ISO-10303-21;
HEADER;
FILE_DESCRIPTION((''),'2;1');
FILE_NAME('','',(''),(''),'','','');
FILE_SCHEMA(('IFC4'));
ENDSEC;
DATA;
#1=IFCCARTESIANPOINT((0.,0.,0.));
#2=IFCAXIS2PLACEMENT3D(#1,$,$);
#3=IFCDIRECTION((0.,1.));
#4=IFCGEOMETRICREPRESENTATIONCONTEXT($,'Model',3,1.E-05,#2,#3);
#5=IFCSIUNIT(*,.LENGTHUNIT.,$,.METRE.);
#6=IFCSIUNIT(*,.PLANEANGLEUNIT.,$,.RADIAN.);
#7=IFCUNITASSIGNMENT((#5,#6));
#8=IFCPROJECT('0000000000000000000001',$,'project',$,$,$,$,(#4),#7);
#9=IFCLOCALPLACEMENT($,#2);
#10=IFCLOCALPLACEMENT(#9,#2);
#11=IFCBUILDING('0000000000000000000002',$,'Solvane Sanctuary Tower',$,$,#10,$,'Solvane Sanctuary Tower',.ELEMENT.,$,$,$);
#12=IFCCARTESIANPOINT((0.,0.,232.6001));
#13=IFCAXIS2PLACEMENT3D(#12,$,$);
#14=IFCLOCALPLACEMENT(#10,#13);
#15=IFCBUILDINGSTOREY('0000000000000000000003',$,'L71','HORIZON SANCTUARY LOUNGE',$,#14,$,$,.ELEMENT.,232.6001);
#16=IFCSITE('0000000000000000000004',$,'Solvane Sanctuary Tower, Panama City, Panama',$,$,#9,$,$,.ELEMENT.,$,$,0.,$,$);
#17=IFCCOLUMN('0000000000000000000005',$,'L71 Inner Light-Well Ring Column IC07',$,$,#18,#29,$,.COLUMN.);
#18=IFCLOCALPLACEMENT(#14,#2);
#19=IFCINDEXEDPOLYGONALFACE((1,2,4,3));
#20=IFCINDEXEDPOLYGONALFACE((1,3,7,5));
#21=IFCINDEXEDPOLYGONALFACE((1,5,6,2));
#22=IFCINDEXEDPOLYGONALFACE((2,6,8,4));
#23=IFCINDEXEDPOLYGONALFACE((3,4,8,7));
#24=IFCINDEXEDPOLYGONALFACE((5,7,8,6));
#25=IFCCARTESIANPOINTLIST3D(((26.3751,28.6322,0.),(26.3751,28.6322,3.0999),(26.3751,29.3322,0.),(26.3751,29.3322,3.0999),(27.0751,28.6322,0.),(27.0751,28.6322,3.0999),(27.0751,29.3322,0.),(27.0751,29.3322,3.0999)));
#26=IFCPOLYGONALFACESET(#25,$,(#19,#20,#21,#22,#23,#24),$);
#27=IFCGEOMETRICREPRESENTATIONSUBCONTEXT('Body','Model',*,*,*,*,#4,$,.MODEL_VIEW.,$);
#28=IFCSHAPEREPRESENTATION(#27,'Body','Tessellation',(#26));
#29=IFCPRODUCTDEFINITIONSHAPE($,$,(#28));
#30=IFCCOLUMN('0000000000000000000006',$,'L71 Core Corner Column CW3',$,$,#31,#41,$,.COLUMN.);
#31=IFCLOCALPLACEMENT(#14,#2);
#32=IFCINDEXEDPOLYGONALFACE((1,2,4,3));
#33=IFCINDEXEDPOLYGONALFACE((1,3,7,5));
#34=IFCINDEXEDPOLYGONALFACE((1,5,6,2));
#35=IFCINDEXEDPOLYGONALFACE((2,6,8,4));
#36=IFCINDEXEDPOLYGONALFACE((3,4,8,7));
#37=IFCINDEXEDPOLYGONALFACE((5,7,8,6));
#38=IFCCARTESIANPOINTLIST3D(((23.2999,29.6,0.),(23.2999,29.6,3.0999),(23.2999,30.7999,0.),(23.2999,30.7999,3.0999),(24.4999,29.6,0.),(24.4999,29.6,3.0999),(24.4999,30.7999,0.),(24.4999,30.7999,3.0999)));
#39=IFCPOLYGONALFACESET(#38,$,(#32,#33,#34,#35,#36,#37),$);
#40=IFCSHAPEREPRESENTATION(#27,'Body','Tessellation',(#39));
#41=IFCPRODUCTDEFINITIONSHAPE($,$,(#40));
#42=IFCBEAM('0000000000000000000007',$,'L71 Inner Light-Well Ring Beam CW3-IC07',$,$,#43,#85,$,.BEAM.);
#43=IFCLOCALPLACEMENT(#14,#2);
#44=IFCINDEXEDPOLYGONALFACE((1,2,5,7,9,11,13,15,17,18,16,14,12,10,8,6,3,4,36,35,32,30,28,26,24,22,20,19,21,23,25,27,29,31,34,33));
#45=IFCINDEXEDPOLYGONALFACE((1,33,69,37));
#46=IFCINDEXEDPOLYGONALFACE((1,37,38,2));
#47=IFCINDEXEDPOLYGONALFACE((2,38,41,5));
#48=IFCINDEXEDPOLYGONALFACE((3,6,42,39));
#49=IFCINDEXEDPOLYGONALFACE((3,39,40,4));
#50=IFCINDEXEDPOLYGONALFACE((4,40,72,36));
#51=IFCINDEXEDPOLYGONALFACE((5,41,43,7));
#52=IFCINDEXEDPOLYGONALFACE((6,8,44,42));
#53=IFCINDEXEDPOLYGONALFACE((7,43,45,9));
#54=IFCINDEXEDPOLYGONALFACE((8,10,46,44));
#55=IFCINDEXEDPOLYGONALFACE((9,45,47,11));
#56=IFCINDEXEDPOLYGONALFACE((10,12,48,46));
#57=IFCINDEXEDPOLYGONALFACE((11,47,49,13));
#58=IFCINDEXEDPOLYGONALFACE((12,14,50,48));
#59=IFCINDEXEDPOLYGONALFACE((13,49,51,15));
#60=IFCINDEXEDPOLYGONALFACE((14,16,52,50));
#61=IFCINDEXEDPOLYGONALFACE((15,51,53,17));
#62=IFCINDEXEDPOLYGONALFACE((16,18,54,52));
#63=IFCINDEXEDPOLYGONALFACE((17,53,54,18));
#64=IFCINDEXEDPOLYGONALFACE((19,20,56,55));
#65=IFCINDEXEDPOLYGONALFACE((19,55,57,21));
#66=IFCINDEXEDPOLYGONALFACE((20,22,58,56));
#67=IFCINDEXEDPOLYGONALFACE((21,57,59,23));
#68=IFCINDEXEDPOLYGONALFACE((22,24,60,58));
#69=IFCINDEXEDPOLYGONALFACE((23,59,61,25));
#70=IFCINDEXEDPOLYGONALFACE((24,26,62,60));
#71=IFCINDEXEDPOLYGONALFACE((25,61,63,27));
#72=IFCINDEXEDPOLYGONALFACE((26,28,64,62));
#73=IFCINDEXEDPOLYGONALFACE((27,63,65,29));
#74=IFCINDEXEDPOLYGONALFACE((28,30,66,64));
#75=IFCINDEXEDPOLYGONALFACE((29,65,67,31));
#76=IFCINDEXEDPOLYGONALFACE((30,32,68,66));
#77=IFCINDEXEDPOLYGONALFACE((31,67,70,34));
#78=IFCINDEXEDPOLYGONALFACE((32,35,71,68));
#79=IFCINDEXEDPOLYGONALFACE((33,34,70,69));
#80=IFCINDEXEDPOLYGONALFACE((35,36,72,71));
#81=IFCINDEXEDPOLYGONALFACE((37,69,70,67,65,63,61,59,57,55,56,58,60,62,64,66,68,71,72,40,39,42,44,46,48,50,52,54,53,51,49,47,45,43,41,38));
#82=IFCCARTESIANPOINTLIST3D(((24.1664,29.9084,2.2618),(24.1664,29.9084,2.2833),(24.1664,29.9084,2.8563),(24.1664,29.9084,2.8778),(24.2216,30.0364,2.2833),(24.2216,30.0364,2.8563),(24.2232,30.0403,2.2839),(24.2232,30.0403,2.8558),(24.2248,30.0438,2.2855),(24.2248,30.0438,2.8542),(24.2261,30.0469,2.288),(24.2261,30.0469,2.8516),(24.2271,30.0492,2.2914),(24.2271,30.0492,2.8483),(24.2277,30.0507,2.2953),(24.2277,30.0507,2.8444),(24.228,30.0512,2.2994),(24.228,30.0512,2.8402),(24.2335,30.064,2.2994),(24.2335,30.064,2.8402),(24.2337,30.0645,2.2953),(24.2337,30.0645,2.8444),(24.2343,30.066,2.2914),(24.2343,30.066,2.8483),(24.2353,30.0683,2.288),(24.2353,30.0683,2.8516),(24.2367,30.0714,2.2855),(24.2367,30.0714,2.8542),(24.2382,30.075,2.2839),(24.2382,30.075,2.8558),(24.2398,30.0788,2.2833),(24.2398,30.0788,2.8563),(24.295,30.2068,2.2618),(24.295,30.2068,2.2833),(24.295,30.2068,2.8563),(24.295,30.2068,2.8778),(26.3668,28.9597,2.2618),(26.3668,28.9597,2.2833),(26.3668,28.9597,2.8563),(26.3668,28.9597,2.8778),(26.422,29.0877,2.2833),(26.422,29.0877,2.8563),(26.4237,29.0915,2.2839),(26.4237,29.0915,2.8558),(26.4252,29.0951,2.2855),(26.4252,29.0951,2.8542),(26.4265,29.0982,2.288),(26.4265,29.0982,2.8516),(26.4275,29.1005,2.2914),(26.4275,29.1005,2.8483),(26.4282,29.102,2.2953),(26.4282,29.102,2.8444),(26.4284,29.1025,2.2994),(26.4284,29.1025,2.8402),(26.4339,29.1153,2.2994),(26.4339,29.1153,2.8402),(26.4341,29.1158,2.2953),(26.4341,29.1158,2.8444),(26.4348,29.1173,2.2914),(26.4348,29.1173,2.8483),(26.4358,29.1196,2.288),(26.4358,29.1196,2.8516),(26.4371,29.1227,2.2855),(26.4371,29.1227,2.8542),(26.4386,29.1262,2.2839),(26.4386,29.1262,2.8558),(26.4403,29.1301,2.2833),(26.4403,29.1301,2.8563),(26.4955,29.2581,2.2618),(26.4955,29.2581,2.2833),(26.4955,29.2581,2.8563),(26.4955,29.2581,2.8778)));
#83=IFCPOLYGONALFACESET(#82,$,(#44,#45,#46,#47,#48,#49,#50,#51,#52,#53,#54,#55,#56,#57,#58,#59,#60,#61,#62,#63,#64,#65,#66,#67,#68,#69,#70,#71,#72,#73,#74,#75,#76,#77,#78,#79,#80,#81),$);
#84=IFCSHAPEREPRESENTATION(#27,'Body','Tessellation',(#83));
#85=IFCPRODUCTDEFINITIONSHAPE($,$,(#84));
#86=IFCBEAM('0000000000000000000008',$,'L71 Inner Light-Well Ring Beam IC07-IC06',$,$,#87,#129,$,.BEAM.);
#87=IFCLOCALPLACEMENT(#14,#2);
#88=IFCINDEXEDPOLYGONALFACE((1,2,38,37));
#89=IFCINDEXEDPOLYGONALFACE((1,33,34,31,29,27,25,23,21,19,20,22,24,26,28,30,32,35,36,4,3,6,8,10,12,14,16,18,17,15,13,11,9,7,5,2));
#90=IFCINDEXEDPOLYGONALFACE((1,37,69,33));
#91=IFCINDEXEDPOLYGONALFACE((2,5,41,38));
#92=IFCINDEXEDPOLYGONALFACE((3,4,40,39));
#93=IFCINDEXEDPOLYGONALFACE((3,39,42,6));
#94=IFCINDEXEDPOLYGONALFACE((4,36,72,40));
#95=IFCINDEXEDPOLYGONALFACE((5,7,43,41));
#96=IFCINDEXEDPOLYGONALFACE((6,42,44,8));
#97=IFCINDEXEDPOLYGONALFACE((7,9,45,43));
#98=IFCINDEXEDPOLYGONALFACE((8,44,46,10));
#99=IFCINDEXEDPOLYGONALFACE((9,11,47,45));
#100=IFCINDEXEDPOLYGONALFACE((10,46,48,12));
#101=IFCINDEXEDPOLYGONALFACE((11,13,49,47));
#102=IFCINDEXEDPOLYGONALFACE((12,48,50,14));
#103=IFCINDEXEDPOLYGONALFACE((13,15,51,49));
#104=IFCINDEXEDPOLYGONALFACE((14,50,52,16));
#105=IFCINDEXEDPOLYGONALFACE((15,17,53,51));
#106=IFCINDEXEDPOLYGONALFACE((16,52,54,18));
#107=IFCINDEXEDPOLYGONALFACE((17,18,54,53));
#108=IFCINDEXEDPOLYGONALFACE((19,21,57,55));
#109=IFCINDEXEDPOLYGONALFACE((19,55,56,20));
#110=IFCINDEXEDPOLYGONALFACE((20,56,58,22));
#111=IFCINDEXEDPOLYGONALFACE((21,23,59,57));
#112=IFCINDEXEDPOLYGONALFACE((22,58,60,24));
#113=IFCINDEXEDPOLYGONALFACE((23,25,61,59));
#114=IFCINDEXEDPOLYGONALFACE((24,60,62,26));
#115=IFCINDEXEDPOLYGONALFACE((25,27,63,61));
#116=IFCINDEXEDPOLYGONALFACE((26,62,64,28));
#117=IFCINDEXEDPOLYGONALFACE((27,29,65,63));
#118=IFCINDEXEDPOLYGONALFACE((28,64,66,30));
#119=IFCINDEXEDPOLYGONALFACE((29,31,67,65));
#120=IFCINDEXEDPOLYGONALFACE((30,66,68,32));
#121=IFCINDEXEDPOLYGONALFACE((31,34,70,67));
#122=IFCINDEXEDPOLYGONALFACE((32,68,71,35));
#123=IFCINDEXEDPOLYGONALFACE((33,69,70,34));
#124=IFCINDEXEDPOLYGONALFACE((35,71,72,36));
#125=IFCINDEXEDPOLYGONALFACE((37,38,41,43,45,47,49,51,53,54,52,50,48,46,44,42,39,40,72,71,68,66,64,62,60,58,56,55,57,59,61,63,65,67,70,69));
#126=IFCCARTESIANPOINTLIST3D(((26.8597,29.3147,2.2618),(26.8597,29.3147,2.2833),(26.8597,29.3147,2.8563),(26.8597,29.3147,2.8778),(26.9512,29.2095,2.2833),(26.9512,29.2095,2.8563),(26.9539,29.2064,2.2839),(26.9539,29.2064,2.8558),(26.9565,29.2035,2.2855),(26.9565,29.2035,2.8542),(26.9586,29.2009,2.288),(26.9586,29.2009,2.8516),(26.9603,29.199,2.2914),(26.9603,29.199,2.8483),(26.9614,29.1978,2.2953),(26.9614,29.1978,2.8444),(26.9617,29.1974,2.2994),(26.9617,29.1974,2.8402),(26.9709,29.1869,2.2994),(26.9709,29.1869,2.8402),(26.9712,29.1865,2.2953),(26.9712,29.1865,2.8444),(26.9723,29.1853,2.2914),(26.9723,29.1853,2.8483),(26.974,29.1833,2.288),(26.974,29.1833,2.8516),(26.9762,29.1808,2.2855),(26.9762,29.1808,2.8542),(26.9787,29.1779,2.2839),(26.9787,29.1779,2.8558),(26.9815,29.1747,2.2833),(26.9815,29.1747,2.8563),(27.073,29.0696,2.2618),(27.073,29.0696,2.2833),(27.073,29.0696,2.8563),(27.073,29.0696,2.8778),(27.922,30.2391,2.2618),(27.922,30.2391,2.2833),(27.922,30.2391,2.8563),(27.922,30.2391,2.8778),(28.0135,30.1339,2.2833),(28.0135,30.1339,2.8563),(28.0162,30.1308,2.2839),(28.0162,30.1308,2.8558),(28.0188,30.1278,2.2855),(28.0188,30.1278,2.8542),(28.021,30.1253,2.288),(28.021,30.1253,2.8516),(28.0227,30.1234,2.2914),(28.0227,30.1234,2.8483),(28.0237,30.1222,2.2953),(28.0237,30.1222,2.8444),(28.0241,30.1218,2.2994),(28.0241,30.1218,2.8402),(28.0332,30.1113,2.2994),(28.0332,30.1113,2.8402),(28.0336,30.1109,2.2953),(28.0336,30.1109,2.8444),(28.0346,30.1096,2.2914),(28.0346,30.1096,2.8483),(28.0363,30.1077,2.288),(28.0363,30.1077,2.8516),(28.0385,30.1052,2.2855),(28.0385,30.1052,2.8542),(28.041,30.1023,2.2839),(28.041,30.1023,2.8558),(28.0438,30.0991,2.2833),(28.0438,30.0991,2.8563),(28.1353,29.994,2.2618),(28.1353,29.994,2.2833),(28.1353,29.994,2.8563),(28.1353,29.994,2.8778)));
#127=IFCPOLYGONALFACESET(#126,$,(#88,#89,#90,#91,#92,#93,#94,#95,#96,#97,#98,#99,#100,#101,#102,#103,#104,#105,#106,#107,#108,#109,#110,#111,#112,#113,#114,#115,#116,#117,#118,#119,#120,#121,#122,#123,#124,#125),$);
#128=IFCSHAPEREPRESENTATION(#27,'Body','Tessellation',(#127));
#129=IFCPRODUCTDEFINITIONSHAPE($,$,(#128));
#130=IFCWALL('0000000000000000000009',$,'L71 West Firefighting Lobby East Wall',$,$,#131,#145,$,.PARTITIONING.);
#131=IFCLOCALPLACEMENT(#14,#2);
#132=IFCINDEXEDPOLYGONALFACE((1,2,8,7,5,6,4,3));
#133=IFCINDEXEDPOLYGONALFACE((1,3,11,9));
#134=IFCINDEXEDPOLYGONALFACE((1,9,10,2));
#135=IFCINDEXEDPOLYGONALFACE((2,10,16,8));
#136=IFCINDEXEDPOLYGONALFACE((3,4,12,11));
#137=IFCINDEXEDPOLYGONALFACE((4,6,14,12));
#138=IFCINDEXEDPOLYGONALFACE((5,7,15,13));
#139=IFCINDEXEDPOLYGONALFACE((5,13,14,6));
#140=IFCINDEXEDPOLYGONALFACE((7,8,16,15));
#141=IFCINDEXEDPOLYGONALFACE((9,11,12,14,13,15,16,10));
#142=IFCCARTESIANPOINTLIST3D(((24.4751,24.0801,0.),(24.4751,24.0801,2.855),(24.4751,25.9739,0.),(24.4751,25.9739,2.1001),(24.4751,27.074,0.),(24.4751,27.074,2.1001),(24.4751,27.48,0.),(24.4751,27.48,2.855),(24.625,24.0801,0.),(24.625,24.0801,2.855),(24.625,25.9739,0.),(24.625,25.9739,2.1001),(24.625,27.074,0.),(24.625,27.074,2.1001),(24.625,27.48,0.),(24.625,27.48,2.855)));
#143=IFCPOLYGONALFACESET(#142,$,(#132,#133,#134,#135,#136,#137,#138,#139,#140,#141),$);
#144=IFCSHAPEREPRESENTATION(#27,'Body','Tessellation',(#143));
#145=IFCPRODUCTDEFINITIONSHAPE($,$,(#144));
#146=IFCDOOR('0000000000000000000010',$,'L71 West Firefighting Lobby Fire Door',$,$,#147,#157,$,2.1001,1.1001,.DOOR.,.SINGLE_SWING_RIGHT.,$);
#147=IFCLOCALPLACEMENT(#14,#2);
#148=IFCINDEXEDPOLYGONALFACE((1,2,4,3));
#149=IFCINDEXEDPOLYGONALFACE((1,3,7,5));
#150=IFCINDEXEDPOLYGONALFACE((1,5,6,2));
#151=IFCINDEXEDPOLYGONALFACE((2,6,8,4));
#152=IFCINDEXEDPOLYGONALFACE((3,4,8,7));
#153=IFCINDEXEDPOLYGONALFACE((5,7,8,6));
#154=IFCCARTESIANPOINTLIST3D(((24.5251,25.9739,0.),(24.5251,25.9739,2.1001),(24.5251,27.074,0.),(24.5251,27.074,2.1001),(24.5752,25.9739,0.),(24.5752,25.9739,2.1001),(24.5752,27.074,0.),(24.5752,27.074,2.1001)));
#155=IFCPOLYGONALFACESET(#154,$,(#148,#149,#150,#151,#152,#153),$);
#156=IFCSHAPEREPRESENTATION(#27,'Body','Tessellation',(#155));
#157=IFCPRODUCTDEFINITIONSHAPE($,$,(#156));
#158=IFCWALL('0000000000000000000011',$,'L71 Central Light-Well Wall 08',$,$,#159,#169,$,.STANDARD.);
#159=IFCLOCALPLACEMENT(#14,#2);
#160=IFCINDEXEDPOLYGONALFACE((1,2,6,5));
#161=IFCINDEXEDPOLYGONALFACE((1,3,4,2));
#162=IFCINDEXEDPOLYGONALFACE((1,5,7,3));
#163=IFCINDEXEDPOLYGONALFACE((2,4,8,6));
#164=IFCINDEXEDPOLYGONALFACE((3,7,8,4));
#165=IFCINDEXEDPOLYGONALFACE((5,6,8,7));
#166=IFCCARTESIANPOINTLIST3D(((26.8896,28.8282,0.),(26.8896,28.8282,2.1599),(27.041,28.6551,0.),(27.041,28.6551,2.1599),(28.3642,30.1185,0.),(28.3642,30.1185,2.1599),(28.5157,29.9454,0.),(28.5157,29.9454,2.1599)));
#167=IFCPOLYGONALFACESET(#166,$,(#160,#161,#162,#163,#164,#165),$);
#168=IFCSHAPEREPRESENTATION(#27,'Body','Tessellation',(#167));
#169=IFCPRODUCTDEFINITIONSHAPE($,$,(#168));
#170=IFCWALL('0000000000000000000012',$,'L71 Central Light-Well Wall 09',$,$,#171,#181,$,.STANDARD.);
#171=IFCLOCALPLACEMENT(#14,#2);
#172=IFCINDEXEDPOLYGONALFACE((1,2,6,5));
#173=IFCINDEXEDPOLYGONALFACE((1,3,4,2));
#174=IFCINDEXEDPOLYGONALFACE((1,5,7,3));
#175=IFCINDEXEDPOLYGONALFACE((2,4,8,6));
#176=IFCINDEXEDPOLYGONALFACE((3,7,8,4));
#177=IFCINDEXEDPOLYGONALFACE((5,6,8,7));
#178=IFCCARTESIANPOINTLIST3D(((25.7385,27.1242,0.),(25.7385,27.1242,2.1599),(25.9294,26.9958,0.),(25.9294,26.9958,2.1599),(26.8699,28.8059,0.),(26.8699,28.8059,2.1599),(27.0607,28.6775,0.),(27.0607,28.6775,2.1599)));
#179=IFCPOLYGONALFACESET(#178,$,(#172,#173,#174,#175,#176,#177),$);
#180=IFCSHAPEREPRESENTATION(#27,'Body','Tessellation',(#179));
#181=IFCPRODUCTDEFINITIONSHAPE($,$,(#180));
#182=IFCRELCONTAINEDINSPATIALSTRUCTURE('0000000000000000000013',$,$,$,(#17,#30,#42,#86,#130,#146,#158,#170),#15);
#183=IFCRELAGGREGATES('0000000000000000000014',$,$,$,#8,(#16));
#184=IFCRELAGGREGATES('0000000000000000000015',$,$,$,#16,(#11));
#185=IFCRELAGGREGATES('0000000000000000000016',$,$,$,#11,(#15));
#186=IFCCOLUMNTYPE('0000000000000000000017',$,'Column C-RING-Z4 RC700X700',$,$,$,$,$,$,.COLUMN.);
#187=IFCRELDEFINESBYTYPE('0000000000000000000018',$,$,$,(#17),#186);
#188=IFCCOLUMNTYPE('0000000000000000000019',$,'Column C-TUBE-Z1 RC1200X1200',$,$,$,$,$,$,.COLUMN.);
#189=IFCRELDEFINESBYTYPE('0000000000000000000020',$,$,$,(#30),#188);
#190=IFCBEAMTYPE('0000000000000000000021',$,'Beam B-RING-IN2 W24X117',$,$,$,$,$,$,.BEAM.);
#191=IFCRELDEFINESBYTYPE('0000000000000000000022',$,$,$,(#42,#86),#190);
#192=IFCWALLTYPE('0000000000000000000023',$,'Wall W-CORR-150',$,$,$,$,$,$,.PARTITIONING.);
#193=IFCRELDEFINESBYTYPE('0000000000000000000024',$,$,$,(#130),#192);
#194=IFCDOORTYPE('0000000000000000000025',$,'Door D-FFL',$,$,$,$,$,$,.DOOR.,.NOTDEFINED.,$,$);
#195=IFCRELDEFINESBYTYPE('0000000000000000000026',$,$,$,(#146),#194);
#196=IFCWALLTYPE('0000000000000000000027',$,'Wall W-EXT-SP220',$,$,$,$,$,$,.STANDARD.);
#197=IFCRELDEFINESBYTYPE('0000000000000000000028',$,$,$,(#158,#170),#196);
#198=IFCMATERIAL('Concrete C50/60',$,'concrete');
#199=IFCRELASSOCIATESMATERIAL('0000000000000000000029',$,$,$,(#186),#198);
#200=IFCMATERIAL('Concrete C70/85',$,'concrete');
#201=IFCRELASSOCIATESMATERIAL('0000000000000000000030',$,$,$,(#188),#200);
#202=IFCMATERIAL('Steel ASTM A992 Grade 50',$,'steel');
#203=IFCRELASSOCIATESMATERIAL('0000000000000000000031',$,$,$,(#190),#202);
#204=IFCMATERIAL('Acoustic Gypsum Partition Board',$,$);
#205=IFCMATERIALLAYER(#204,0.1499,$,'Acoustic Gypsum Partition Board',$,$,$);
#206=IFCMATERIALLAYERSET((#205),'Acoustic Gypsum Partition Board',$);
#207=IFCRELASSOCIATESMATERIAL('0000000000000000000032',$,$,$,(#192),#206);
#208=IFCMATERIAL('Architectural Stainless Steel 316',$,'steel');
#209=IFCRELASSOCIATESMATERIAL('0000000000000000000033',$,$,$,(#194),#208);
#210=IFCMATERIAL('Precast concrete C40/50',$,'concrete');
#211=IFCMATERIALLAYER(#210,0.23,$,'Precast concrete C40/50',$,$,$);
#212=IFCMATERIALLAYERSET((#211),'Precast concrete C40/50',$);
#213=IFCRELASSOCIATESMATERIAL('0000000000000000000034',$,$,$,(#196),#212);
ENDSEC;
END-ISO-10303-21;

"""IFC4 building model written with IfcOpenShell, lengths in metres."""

from ifc_helpers import new_model, si_unit, direction, frame, frame_2d, origin, origin_2d, place, context, subcontext, project, spatial, rectangle, i_section, extrude, material, layer, layer_set, material_profile, profile_set, type_object, element, fill, save


model = new_model("IFC4")

# Units and contexts
model_context = context("Model", 3, precision=1e-05, world=origin(), true_north=direction((0.0, 1.0)))
body_context = subcontext(model_context, "Body", "Model", "MODEL_VIEW")
ifc_project = project(units=[si_unit("LENGTHUNIT", "METRE"), si_unit("PLANEANGLEUNIT", "RADIAN")], contexts=[model_context])

# Site, building, storey
site_placement = place(None, origin())
site = spatial("IfcSite", under=ifc_project, at=site_placement, Name="Solvane Sanctuary Tower, Panama City, Panama", CompositionType="ELEMENT", RefElevation=0.0)
building_placement = place(site_placement, origin())
building = spatial("IfcBuilding", under=site, at=building_placement, Name="Solvane Sanctuary Tower", LongName="Solvane Sanctuary Tower", CompositionType="ELEMENT")
storey_placement = place(building_placement, frame((0.0, 0.0, 232.6001)))
storey = spatial("IfcBuildingStorey", under=building, at=storey_placement, Name="L71", Description="HORIZON SANCTUARY LOUNGE", CompositionType="ELEMENT", Elevation=232.6001)

# Columns
ifc_material_1 = material(Name="Concrete C50/60", Category="concrete")
ifc_material_profile_1 = material_profile(ifc_material_1, rectangle(XDim=0.7, YDim=0.7, at=origin_2d()), Name="RC700X700")
ifc_profile_set_1 = profile_set([ifc_material_profile_1], Name="Concrete C50/60")
column_type_1 = type_object("IfcColumnType", Name="Column C-RING-Z4 RC700X700", PredefinedType="COLUMN", material=ifc_profile_set_1)
column_1_placement = place(storey_placement, frame((26.7251, 28.9822, 0.0), z_axis=(0.0, 0.0, 1.0), x_axis=(1.0, 0.0, 0.0)))
element("IfcColumn", 1, at=column_1_placement, inside=storey, type_object=column_type_1, Name="L71 Inner Light-Well Ring Column IC07", PredefinedType="COLUMN", context=body_context, shape_type="SweptSolid", body=[
    extrude(rectangle(XDim=0.7, YDim=0.7, at=origin_2d()), origin(), (0.0, 0.0, 1.0), 3.0999),
])
ifc_material_2 = material(Name="Concrete C70/85", Category="concrete")
ifc_material_profile_2 = material_profile(ifc_material_2, rectangle(XDim=1.2, YDim=1.2, at=origin_2d()), Name="RC1200X1200")
ifc_profile_set_2 = profile_set([ifc_material_profile_2], Name="Concrete C70/85")
column_type_2 = type_object("IfcColumnType", Name="Column C-TUBE-Z1 RC1200X1200", PredefinedType="COLUMN", material=ifc_profile_set_2)
column_2_placement = place(storey_placement, frame((23.8999, 30.2, 0.0), z_axis=(0.0, 0.0, 1.0), x_axis=(1.0, 0.0, 0.0)))
element("IfcColumn", 2, at=column_2_placement, inside=storey, type_object=column_type_2, Name="L71 Core Corner Column CW3", PredefinedType="COLUMN", context=body_context, shape_type="SweptSolid", body=[
    extrude(rectangle(XDim=1.2, YDim=1.2, at=origin_2d()), origin(), (0.0, 0.0, 1.0), 3.0999),
])

# Beams
ifc_material_3 = material(Name="Steel ASTM A992 Grade 50", Category="steel")
ifc_material_profile_3 = material_profile(ifc_material_3, i_section(OverallWidth=0.325, OverallDepth=0.616, WebThickness=0.0139, FlangeThickness=0.0215, FilletRadius=0.0161, at=origin_2d()), Name="W24X117")
ifc_profile_set_3 = profile_set([ifc_material_profile_3], Name="Steel ASTM A992 Grade 50")
beam_type = type_object("IfcBeamType", Name="Beam B-RING-IN2 W24X117", PredefinedType="BEAM", material=ifc_profile_set_3)
beam_1_placement = place(storey_placement, frame((24.2307, 30.0576, 2.5698), z_axis=(0.918284, -0.395923, 0.0), x_axis=(0.395923, 0.918284, 0.0)))
element("IfcBeam", 3, at=beam_1_placement, inside=storey, type_object=beam_type, Name="L71 Inner Light-Well Ring Beam CW3-IC07", PredefinedType="BEAM", context=body_context, shape_type="SweptSolid", body=[
    extrude(i_section(OverallWidth=0.325, OverallDepth=0.616, WebThickness=0.0139, FlangeThickness=0.0215, FilletRadius=0.0161, at=origin_2d()), origin(), (0.0, 0.0, 1.0), 2.3962),
])
beam_2_placement = place(storey_placement, frame((26.9663, 29.1921, 2.5698), z_axis=(0.754389, 0.656428, 0.0), x_axis=(-0.656428, 0.754389, 0.0)))
element("IfcBeam", 4, at=beam_2_placement, inside=storey, type_object=beam_type, Name="L71 Inner Light-Well Ring Beam IC07-IC06", PredefinedType="BEAM", context=body_context, shape_type="SweptSolid", body=[
    extrude(i_section(OverallWidth=0.325, OverallDepth=0.616, WebThickness=0.0139, FlangeThickness=0.0215, FilletRadius=0.0161, at=origin_2d()), origin(), (0.0, 0.0, 1.0), 1.4082),
])

# Wall, opening, door
ifc_material_4 = material(Name="Acoustic Gypsum Partition Board")
ifc_layer_1 = layer(ifc_material_4, 0.1499, Name="Acoustic Gypsum Partition Board")
ifc_layer_set_1 = layer_set([ifc_layer_1], Name="Acoustic Gypsum Partition Board")
wall_type_1 = type_object("IfcWallType", Name="Wall W-CORR-150", PredefinedType="PARTITIONING", material=ifc_layer_set_1)
wall_1_placement = place(storey_placement, frame((24.55, 24.0801, 0.0), z_axis=(0.0, 0.0, 1.0), x_axis=(0.0, 1.0, 0.0)))
wall_1 = element("IfcWall", 5, at=wall_1_placement, inside=storey, type_object=wall_type_1, Name="L71 West Firefighting Lobby East Wall", PredefinedType="PARTITIONING", context=body_context, shape_type="SweptSolid", body=[
    extrude(rectangle(XDim=3.3999, YDim=0.1499, at=frame_2d((1.7, 0.0))), origin(), (0.0, 0.0, 1.0), 2.855),
])
opening_1_placement = place(wall_1_placement, frame((1.8938, 0.0, 0.0)))
opening_1 = element("IfcOpeningElement", 6, at=opening_1_placement, cuts=wall_1, PredefinedType="OPENING", context=body_context, shape_type="SweptSolid", body=[
    extrude(rectangle(XDim=1.1001, YDim=2.1001, at=frame_2d((0.55, 1.05))), frame((0.0, 0.085, 0.0), z_axis=(0.0, -1.0, 0.0), x_axis=(1.0, 0.0, 0.0)), (0.0, 0.0, 1.0), 0.1699),
])
ifc_material_5 = material(Name="Architectural Stainless Steel 316", Category="steel")
door_type_1 = type_object("IfcDoorType", Name="Door D-FFL", OperationType="NOTDEFINED", PredefinedType="DOOR", material=ifc_material_5)
door_1_placement = place(opening_1_placement, origin())
door_1 = element("IfcDoor", 7, at=door_1_placement, inside=storey, type_object=door_type_1, Name="L71 West Firefighting Lobby Fire Door", OperationType="SINGLE_SWING_RIGHT", OverallHeight=2.1001, OverallWidth=1.1001, PredefinedType="DOOR", context=body_context, shape_type="SweptSolid", body=[
    extrude(rectangle(XDim=1.1001, YDim=2.1001, at=frame_2d((0.55, 1.05))), frame((0.0, 0.0249, 0.0), z_axis=(0.0, -1.0, 0.0), x_axis=(1.0, 0.0, 0.0)), (0.0, 0.0, 1.0), 0.05),
])
fill(opening_1, door_1)

# Walls
ifc_material_6 = material(Name="Precast concrete C40/50", Category="concrete")
ifc_layer_2 = layer(ifc_material_6, 0.23, Name="Precast concrete C40/50")
ifc_layer_set_2 = layer_set([ifc_layer_2], Name="Precast concrete C40/50")
wall_type_2 = type_object("IfcWallType", Name="Wall W-EXT-SP220", PredefinedType="STANDARD", material=ifc_layer_set_2)
wall_2_placement = place(storey_placement, frame((28.4399, 30.032, 0.0), z_axis=(0.0, 0.0, 1.0), x_axis=(-0.752577, -0.658505, 0.0)))
element("IfcWall", 8, at=wall_2_placement, inside=storey, type_object=wall_type_2, Name="L71 Central Light-Well Wall 08", PredefinedType="STANDARD", context=body_context, shape_type="SweptSolid", body=[
    extrude(rectangle(XDim=1.9595, YDim=0.23, at=frame_2d((0.9797, 0.0))), origin(), (0.0, 0.0, 1.0), 2.1599),
])
wall_3_placement = place(storey_placement, frame((26.9653, 28.7417, 0.0), z_axis=(0.0, 0.0, 1.0), x_axis=(-0.558198, -0.829708, 0.0)))
element("IfcWall", 9, at=wall_3_placement, inside=storey, type_object=wall_type_2, Name="L71 Central Light-Well Wall 09", PredefinedType="STANDARD", context=body_context, shape_type="SweptSolid", body=[
    extrude(rectangle(XDim=2.0269, YDim=0.23, at=frame_2d((1.0134, 0.0))), origin(), (0.0, 0.0, 1.0), 2.1599),
])

save(model, "model.ifc")
